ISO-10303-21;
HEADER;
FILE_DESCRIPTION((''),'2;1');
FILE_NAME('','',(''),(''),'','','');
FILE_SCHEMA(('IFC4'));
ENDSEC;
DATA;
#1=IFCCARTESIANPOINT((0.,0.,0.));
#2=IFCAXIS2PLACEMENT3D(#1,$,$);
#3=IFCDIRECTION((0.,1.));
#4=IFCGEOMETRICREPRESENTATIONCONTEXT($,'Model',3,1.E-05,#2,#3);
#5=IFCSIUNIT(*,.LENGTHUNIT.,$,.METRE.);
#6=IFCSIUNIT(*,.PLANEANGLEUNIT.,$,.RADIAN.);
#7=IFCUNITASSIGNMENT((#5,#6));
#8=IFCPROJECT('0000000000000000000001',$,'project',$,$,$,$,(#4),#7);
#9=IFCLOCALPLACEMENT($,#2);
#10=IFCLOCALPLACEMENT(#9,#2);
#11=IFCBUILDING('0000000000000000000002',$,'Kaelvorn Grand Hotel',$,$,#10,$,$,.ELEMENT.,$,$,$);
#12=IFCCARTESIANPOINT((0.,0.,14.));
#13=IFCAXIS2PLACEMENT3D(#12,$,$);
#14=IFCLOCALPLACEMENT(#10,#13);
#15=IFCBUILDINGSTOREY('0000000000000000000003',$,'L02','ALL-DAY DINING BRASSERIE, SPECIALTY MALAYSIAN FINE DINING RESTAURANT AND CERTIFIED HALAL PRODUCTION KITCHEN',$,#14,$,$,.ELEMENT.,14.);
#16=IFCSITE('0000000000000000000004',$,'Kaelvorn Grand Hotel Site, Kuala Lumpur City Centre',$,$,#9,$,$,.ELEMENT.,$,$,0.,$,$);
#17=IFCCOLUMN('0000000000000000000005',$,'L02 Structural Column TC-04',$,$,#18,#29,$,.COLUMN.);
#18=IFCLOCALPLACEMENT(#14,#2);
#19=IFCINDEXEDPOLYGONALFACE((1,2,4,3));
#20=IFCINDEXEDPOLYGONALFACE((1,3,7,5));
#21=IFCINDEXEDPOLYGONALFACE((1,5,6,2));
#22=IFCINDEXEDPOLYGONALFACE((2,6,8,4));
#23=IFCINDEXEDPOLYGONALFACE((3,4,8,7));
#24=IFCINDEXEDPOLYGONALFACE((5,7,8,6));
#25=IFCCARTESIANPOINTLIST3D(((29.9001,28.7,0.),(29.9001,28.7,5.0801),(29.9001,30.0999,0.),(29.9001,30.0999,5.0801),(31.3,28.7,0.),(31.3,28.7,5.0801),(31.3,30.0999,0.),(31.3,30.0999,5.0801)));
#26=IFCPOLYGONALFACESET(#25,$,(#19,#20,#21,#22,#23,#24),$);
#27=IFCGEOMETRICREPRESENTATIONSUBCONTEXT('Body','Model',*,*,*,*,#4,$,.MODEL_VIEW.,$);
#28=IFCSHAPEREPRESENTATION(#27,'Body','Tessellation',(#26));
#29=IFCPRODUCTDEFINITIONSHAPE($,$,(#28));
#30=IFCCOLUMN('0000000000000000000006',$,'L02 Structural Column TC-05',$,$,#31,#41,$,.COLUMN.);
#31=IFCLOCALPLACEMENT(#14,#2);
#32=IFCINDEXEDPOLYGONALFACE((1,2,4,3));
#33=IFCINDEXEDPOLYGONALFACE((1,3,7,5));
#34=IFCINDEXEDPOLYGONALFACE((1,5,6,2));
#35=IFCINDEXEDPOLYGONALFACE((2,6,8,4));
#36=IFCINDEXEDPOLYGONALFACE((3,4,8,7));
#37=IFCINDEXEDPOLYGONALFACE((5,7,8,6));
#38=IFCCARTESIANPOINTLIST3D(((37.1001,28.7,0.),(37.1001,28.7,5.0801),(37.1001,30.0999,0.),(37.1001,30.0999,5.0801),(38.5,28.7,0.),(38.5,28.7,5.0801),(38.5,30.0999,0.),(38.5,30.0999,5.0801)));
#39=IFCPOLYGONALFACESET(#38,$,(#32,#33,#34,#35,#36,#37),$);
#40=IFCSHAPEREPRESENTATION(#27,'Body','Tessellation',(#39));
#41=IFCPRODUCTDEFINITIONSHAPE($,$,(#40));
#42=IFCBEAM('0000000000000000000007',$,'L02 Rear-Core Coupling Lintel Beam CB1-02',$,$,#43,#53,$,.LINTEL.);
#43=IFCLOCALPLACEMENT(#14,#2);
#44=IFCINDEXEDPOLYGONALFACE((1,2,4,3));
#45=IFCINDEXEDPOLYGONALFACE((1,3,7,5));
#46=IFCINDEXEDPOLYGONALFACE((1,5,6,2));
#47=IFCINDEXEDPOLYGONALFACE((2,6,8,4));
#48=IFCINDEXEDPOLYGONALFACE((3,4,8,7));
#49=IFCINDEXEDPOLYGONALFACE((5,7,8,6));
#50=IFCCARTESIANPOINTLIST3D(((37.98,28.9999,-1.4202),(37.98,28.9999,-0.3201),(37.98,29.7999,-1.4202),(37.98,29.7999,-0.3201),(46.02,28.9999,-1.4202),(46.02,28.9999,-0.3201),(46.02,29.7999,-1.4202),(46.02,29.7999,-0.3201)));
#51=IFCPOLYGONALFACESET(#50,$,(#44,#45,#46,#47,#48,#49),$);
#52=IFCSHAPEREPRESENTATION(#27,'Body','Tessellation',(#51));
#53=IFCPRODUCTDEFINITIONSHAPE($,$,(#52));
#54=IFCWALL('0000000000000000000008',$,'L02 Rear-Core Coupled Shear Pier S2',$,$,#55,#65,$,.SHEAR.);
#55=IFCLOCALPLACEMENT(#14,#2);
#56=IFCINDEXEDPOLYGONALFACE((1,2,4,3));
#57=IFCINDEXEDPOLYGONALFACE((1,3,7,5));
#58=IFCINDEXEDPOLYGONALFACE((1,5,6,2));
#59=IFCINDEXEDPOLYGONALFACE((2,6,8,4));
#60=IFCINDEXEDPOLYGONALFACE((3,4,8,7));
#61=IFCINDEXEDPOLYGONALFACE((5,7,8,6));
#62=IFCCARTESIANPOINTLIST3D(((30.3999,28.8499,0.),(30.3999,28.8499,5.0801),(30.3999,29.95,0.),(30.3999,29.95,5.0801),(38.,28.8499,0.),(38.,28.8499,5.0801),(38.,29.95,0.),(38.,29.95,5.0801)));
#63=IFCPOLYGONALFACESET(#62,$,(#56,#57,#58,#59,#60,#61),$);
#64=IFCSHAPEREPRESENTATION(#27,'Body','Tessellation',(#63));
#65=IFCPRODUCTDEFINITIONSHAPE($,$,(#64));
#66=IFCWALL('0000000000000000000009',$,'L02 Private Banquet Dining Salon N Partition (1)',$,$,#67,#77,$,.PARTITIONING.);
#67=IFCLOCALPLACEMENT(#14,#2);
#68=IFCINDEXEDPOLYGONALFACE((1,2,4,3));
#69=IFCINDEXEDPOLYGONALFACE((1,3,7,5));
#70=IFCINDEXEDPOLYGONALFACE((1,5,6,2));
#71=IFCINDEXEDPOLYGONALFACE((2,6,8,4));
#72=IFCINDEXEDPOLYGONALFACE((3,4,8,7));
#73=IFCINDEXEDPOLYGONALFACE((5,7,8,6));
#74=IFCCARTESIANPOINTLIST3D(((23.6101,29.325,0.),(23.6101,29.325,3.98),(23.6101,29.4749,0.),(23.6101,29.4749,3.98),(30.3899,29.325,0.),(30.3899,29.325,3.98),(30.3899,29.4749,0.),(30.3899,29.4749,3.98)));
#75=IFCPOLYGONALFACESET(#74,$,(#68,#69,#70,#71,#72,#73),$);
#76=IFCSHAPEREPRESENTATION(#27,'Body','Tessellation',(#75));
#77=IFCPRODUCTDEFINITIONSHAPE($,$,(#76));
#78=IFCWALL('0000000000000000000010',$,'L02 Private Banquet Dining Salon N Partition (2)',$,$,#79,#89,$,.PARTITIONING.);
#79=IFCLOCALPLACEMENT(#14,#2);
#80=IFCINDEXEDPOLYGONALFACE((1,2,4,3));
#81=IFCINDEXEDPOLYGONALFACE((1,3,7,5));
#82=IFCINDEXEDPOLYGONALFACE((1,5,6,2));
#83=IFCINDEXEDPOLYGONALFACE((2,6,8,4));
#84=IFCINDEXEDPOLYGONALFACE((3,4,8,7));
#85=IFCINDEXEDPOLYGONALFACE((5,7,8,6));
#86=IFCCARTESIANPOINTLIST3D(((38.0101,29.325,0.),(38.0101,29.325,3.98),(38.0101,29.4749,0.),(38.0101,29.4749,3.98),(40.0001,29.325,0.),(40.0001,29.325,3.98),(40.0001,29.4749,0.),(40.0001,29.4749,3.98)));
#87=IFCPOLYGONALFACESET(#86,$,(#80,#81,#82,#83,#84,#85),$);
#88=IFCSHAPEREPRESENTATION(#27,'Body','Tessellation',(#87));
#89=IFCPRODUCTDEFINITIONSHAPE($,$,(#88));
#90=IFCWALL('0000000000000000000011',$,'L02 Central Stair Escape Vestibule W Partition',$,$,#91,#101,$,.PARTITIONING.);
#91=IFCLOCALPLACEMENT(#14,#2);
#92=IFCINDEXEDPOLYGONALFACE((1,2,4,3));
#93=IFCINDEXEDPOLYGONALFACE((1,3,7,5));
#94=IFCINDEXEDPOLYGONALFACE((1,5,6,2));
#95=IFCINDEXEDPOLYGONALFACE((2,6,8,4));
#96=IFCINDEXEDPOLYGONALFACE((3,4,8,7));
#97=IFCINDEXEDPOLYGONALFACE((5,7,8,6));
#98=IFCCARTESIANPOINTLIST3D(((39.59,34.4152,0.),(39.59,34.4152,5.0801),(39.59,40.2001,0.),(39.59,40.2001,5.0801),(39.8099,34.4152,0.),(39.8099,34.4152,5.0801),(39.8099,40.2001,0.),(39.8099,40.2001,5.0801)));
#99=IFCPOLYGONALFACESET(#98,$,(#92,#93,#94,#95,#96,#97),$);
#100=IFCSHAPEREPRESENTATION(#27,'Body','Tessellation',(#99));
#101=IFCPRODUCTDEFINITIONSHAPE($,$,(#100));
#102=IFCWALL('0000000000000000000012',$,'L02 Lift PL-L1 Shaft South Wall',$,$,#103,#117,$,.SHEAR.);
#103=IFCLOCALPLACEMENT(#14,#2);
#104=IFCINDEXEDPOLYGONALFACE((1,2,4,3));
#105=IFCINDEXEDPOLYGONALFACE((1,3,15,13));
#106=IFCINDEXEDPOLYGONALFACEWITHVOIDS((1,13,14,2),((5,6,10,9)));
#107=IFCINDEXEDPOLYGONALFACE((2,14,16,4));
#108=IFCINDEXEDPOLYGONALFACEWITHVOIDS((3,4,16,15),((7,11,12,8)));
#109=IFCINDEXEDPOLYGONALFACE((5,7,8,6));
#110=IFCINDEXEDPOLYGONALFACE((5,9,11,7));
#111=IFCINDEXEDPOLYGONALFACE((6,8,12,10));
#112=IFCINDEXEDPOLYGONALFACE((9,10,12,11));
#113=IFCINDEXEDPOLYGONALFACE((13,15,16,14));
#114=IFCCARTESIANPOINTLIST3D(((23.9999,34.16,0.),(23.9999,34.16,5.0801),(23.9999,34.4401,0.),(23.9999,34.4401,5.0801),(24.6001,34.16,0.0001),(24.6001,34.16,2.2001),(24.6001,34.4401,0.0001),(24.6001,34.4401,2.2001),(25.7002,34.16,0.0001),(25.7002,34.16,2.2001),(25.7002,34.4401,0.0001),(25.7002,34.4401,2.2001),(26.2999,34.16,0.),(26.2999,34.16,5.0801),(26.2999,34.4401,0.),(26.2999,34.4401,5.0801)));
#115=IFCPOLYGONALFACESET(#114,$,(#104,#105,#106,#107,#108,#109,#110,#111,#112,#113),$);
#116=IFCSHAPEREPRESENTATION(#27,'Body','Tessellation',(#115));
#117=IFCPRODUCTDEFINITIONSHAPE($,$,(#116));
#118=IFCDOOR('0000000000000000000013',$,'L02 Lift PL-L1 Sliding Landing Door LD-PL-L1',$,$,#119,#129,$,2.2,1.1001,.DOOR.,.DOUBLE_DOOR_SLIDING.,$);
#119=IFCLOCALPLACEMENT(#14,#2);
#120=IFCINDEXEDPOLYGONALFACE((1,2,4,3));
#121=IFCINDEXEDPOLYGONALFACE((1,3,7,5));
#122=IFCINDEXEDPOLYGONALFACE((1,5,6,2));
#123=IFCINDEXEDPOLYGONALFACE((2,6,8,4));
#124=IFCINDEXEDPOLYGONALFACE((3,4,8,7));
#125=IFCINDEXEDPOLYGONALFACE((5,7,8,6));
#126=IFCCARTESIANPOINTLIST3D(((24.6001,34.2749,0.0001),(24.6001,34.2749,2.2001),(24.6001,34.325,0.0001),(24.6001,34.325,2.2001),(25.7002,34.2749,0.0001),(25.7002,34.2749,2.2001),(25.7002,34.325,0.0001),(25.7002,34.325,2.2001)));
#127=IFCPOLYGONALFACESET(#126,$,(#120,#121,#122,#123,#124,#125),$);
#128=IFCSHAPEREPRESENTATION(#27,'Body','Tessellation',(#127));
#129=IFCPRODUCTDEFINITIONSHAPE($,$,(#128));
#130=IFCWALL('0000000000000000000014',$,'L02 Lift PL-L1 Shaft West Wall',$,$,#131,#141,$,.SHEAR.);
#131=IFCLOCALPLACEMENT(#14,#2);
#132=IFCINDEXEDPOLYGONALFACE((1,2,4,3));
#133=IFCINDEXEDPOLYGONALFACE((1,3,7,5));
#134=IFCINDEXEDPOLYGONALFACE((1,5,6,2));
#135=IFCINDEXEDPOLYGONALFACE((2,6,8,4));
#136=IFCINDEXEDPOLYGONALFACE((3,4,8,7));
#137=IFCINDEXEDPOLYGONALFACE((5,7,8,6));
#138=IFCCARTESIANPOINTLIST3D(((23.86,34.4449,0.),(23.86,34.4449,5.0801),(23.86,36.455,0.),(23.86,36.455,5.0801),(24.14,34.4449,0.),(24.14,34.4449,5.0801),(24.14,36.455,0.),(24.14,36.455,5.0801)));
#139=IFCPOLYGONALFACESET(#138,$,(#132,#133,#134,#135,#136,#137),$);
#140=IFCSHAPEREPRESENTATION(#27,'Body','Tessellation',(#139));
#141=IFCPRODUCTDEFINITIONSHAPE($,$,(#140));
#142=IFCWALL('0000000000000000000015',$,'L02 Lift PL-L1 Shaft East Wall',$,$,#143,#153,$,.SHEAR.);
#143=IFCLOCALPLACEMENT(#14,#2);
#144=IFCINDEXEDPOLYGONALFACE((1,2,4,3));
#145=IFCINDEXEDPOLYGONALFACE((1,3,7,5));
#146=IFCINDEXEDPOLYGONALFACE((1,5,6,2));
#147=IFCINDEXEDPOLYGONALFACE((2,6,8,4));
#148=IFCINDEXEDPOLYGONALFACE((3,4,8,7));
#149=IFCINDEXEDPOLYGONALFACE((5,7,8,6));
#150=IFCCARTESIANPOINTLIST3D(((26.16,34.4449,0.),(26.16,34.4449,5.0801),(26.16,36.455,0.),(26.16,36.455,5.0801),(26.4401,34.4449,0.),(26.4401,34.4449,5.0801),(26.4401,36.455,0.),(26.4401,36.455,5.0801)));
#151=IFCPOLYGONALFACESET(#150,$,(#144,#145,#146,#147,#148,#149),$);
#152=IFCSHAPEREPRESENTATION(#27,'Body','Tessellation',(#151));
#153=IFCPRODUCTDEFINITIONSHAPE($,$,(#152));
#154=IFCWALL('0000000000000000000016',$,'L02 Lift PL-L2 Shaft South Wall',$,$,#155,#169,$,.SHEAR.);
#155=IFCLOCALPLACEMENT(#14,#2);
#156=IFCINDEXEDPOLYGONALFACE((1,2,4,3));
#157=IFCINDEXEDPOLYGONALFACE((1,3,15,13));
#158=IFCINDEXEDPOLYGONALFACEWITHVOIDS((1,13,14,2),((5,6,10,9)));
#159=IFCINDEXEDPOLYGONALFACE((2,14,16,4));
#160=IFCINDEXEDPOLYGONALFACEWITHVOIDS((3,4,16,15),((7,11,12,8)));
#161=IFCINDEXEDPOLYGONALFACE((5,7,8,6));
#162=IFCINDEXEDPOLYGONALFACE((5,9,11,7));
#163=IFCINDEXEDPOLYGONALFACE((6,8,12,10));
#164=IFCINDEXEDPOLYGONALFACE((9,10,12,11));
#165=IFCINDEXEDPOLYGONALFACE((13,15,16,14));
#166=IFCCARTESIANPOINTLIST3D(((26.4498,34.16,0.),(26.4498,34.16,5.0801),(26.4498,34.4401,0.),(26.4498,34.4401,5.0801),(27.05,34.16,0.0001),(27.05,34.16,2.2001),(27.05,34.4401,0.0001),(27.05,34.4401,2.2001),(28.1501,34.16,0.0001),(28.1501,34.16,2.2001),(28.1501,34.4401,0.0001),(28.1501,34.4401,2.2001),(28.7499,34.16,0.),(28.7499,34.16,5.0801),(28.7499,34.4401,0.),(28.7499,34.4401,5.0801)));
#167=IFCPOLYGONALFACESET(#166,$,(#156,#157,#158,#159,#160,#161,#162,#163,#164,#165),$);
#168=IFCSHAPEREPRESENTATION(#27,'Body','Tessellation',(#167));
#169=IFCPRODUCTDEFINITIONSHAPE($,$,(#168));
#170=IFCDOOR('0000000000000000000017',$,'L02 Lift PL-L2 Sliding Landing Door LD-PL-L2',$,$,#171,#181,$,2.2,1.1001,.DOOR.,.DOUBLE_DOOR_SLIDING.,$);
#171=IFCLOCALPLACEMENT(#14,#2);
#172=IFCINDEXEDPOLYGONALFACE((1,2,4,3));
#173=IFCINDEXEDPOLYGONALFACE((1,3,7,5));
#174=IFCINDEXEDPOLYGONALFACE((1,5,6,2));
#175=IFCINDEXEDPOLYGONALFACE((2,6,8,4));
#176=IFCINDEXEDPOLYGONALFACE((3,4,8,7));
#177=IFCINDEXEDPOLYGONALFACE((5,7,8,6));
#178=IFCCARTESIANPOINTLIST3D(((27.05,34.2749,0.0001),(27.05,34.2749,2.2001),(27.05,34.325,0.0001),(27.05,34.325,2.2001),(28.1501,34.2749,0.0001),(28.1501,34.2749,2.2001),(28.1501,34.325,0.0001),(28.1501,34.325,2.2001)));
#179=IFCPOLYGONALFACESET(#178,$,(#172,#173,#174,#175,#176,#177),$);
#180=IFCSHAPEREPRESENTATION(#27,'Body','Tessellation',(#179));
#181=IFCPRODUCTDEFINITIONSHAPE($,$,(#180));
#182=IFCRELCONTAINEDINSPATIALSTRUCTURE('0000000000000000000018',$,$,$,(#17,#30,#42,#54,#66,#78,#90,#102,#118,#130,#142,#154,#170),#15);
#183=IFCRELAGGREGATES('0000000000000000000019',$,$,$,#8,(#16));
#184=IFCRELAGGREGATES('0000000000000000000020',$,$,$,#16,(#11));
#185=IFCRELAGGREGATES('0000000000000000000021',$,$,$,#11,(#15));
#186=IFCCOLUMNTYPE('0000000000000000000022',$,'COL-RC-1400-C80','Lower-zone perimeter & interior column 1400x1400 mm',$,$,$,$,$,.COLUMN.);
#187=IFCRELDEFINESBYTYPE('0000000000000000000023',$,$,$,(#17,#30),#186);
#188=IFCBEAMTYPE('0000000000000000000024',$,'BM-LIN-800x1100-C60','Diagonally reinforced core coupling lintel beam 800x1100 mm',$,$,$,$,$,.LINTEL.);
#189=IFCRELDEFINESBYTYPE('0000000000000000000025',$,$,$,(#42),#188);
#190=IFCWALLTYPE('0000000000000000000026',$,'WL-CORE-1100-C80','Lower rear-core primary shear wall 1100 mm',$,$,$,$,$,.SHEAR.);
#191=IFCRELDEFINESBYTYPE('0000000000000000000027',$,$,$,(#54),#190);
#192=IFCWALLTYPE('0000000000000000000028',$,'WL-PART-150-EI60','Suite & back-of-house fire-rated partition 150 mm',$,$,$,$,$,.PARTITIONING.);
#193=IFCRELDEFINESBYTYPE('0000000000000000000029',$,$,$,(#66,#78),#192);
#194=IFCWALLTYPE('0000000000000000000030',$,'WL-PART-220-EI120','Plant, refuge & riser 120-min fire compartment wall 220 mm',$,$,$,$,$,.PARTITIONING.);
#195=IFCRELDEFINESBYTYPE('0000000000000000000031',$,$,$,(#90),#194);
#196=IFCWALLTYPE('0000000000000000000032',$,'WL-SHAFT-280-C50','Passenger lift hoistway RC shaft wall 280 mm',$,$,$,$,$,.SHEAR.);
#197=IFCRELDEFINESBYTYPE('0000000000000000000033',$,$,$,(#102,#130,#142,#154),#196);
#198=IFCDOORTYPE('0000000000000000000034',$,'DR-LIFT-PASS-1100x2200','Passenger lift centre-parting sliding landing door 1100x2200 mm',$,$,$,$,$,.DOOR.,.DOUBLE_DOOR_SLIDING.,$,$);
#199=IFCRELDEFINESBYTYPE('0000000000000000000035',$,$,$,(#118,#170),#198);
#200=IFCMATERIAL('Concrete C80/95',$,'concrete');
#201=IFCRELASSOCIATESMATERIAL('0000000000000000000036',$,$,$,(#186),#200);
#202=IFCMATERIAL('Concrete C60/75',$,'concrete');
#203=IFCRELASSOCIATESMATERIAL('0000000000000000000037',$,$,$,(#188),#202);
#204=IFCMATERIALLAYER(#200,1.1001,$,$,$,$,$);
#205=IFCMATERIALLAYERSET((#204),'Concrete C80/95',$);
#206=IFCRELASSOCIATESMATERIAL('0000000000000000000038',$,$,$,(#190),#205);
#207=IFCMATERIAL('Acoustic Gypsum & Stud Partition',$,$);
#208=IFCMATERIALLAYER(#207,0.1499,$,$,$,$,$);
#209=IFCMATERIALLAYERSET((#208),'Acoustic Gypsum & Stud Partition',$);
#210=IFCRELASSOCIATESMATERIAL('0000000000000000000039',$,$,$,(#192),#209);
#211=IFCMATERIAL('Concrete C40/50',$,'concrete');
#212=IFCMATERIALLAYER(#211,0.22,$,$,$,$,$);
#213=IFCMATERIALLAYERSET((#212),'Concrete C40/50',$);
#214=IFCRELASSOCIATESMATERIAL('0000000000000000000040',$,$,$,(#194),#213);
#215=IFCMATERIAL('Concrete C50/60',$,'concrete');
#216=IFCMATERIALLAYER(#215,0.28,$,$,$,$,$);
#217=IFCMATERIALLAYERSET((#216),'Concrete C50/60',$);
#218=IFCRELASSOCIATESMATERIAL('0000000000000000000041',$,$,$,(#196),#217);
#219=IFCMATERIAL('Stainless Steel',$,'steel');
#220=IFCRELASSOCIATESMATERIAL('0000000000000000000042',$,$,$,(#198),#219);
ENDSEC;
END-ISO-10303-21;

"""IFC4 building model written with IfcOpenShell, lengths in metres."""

from ifc_helpers import new_model, si_unit, direction, frame, frame_2d, origin, origin_2d, place, context, subcontext, project, spatial, rectangle, extrude, material, layer, layer_set, material_profile, profile_set, type_object, element, fill, save


model = new_model("IFC4")

# Units and contexts
model_context = context("Model", 3, precision=1e-05, world=origin(), true_north=direction((0.0, 1.0)))
body_context = subcontext(model_context, "Body", "Model", "MODEL_VIEW")
ifc_project = project(units=[si_unit("LENGTHUNIT", "METRE"), si_unit("PLANEANGLEUNIT", "RADIAN")], contexts=[model_context])

# Site, building, storey
site_placement = place(None, origin())
site = spatial("IfcSite", under=ifc_project, at=site_placement, Name="Kaelvorn Grand Hotel Site, Kuala Lumpur City Centre", CompositionType="ELEMENT", RefElevation=0.0)
building_placement = place(site_placement, origin())
building = spatial("IfcBuilding", under=site, at=building_placement, Name="Kaelvorn Grand Hotel", CompositionType="ELEMENT")
storey_placement = place(building_placement, frame((0.0, 0.0, 14.0)))
storey = spatial("IfcBuildingStorey", under=building, at=storey_placement, Name="L02", Description="ALL-DAY DINING BRASSERIE, SPECIALTY MALAYSIAN FINE DINING RESTAURANT AND CERTIFIED HALAL PRODUCTION KITCHEN", CompositionType="ELEMENT", Elevation=14.0)

# Columns
ifc_material_1 = material(Name="Concrete C80/95", Category="concrete")
ifc_material_profile_1 = material_profile(ifc_material_1, rectangle(XDim=1.3999, YDim=1.3999, at=origin_2d()), Name="RC COL 1400x1400")
ifc_profile_set_1 = profile_set([ifc_material_profile_1], Name="Concrete C80/95")
column_type = type_object("IfcColumnType", Name="COL-RC-1400-C80", Description="Lower-zone perimeter & interior column 1400x1400 mm", PredefinedType="COLUMN", material=ifc_profile_set_1)
for number, where, z_axis, x_axis, name in (
    (1, (30.6001, 29.3999, 0.0), (0.0, 0.0, 1.0), (1.0, 0.0, 0.0), "L02 Structural Column TC-04"),
    (2, (37.8, 29.3999, 0.0), (0.0, 0.0, 1.0), (1.0, 0.0, 0.0), "L02 Structural Column TC-05"),
):
    element("IfcColumn", number, at=place(storey_placement, frame(where, z_axis=z_axis, x_axis=x_axis)), inside=storey, type_object=column_type, Name=name, PredefinedType="COLUMN", context=body_context, shape_type="SweptSolid", body=[
        extrude(rectangle(XDim=1.3999, YDim=1.3999, at=origin_2d()), origin(), (0.0, 0.0, 1.0), 5.0801),
    ])

# Beam
ifc_material_2 = material(Name="Concrete C60/75", Category="concrete")
ifc_material_profile_2 = material_profile(ifc_material_2, rectangle(XDim=0.8, YDim=1.1001, at=origin_2d()), Name="RC LINTEL 800x1100")
ifc_profile_set_2 = profile_set([ifc_material_profile_2], Name="Concrete C60/75")
beam_type = type_object("IfcBeamType", Name="BM-LIN-800x1100-C60", Description="Diagonally reinforced core coupling lintel beam 800x1100 mm", PredefinedType="LINTEL", material=ifc_profile_set_2)
beam_placement = place(storey_placement, frame((37.98, 29.3999, -0.8701), z_axis=(1.0, 0.0, 0.0), x_axis=(0.0, 1.0, 0.0)))
element("IfcBeam", 3, at=beam_placement, inside=storey, type_object=beam_type, Name="L02 Rear-Core Coupling Lintel Beam CB1-02", PredefinedType="LINTEL", context=body_context, shape_type="SweptSolid", body=[
    extrude(rectangle(XDim=0.8, YDim=1.1001, at=origin_2d()), origin(), (0.0, 0.0, 1.0), 8.04),
])

# Walls
ifc_layer_1 = layer(ifc_material_1, 1.1001)
ifc_layer_set_1 = layer_set([ifc_layer_1], Name="Concrete C80/95")
wall_type_1 = type_object("IfcWallType", Name="WL-CORE-1100-C80", Description="Lower rear-core primary shear wall 1100 mm", PredefinedType="SHEAR", material=ifc_layer_set_1)
wall_1_placement = place(storey_placement, frame((30.3999, 29.3999, 0.0), z_axis=(0.0, 0.0, 1.0), x_axis=(1.0, 0.0, 0.0)))
element("IfcWall", 4, at=wall_1_placement, inside=storey, type_object=wall_type_1, Name="L02 Rear-Core Coupled Shear Pier S2", PredefinedType="SHEAR", context=body_context, shape_type="SweptSolid", body=[
    extrude(rectangle(XDim=7.6001, YDim=1.1001, at=frame_2d((3.8, 0.0))), origin(), (0.0, 0.0, 1.0), 5.0801),
])
ifc_material_3 = material(Name="Acoustic Gypsum & Stud Partition")
ifc_layer_2 = layer(ifc_material_3, 0.1499)
ifc_layer_set_2 = layer_set([ifc_layer_2], Name="Acoustic Gypsum & Stud Partition")
wall_type_2 = type_object("IfcWallType", Name="WL-PART-150-EI60", Description="Suite & back-of-house fire-rated partition 150 mm", PredefinedType="PARTITIONING", material=ifc_layer_set_2)
wall_2_placement = place(storey_placement, frame((23.6101, 29.3999, 0.0), z_axis=(0.0, 0.0, 1.0), x_axis=(1.0, 0.0, 0.0)))
element("IfcWall", 5, at=wall_2_placement, inside=storey, type_object=wall_type_2, Name="L02 Private Banquet Dining Salon N Partition (1)", PredefinedType="PARTITIONING", context=body_context, shape_type="SweptSolid", body=[
    extrude(rectangle(XDim=6.7798, YDim=0.1499, at=frame_2d((3.3899, 0.0))), origin(), (0.0, 0.0, 1.0), 3.98),
])
wall_3_placement = place(storey_placement, frame((38.01, 29.3999, 0.0), z_axis=(0.0, 0.0, 1.0), x_axis=(1.0, 0.0, 0.0)))
element("IfcWall", 6, at=wall_3_placement, inside=storey, type_object=wall_type_2, Name="L02 Private Banquet Dining Salon N Partition (2)", PredefinedType="PARTITIONING", context=body_context, shape_type="SweptSolid", body=[
    extrude(rectangle(XDim=1.99, YDim=0.1499, at=frame_2d((0.9951, 0.0))), origin(), (0.0, 0.0, 1.0), 3.98),
])

# Shared definitions
ifc_material_4 = material(Name="Concrete C40/50", Category="concrete")
ifc_layer_3 = layer(ifc_material_4, 0.22)
ifc_layer_set_3 = layer_set([ifc_layer_3], Name="Concrete C40/50")
wall_type_3 = type_object("IfcWallType", Name="WL-PART-220-EI120", Description="Plant, refuge & riser 120-min fire compartment wall 220 mm", PredefinedType="PARTITIONING", material=ifc_layer_set_3)

# Wall
wall_4_placement = place(storey_placement, frame((39.7, 34.415, 0.0), z_axis=(0.0, 0.0, 1.0), x_axis=(0.0, 1.0, 0.0)))
element("IfcWall", 7, at=wall_4_placement, inside=storey, type_object=wall_type_3, Name="L02 Central Stair Escape Vestibule W Partition", PredefinedType="PARTITIONING", context=body_context, shape_type="SweptSolid", body=[
    extrude(rectangle(XDim=5.7849, YDim=0.22, at=frame_2d((2.8926, 0.0))), origin(), (0.0, 0.0, 1.0), 5.0801),
])

# Wall, opening, door
ifc_material_5 = material(Name="Concrete C50/60", Category="concrete")
ifc_layer_4 = layer(ifc_material_5, 0.28)
ifc_layer_set_4 = layer_set([ifc_layer_4], Name="Concrete C50/60")
wall_type_4 = type_object("IfcWallType", Name="WL-SHAFT-280-C50", Description="Passenger lift hoistway RC shaft wall 280 mm", PredefinedType="SHEAR", material=ifc_layer_set_4)
wall_5_placement = place(storey_placement, frame((24.0, 34.3, 0.0), z_axis=(0.0, 0.0, 1.0), x_axis=(1.0, 0.0, 0.0)))
wall_5 = element("IfcWall", 8, at=wall_5_placement, inside=storey, type_object=wall_type_4, Name="L02 Lift PL-L1 Shaft South Wall", PredefinedType="SHEAR", context=body_context, shape_type="SweptSolid", body=[
    extrude(rectangle(XDim=2.3, YDim=0.28, at=frame_2d((1.1499, 0.0))), origin(), (0.0, 0.0, 1.0), 5.0801),
])
opening_1_placement = place(wall_5_placement, frame((0.6001, 0.0, 0.0)))
opening_1 = element("IfcOpeningElement", 9, at=opening_1_placement, cuts=wall_5, PredefinedType="OPENING", context=body_context, shape_type="SweptSolid", body=[
    extrude(rectangle(XDim=1.1001, YDim=2.2, at=frame_2d((0.55, 1.1001))), frame((0.0, 0.1499, 0.0), z_axis=(0.0, -1.0, 0.0), x_axis=(1.0, 0.0, 0.0)), (0.0, 0.0, 1.0), 0.3),
])
ifc_material_6 = material(Name="Stainless Steel", Category="steel")
door_type_1 = type_object("IfcDoorType", Name="DR-LIFT-PASS-1100x2200", Description="Passenger lift centre-parting sliding landing door 1100x2200 mm", OperationType="DOUBLE_DOOR_SLIDING", PredefinedType="DOOR", material=ifc_material_6)
door_1_placement = place(opening_1_placement, origin())
door_1 = element("IfcDoor", 10, at=door_1_placement, inside=storey, type_object=door_type_1, Name="L02 Lift PL-L1 Sliding Landing Door LD-PL-L1", OperationType="DOUBLE_DOOR_SLIDING", OverallHeight=2.2, OverallWidth=1.1001, PredefinedType="DOOR", context=body_context, shape_type="SweptSolid", body=[
    extrude(rectangle(XDim=1.1001, YDim=2.2, at=frame_2d((0.55, 1.1001))), frame((0.0, 0.0249, 0.0), z_axis=(0.0, -1.0, 0.0), x_axis=(1.0, 0.0, 0.0)), (0.0, 0.0, 1.0), 0.05),
])
fill(opening_1, door_1)

# Walls
for number, where, z_axis, x_axis, name in (
    (11, (24.0, 34.4451, 0.0), (0.0, 0.0, 1.0), (0.0, 1.0, 0.0), "L02 Lift PL-L1 Shaft West Wall"),
    (12, (26.3, 34.4451, 0.0), (0.0, 0.0, 1.0), (0.0, 1.0, 0.0), "L02 Lift PL-L1 Shaft East Wall"),
):
    element("IfcWall", number, at=place(storey_placement, frame(where, z_axis=z_axis, x_axis=x_axis)), inside=storey, type_object=wall_type_4, Name=name, PredefinedType="SHEAR", context=body_context, shape_type="SweptSolid", body=[
        extrude(rectangle(XDim=2.01, YDim=0.28, at=frame_2d((1.0049, 0.0))), origin(), (0.0, 0.0, 1.0), 5.0801),
    ])

# Wall, opening, door
wall_6_placement = place(storey_placement, frame((26.45, 34.3, 0.0), z_axis=(0.0, 0.0, 1.0), x_axis=(1.0, 0.0, 0.0)))
wall_6 = element("IfcWall", 13, at=wall_6_placement, inside=storey, type_object=wall_type_4, Name="L02 Lift PL-L2 Shaft South Wall", PredefinedType="SHEAR", context=body_context, shape_type="SweptSolid", body=[
    extrude(rectangle(XDim=2.3, YDim=0.28, at=frame_2d((1.1499, 0.0))), origin(), (0.0, 0.0, 1.0), 5.0801),
])
opening_2_placement = place(wall_6_placement, frame((0.6001, 0.0, 0.0)))
opening_2 = element("IfcOpeningElement", 14, at=opening_2_placement, cuts=wall_6, PredefinedType="OPENING", context=body_context, shape_type="SweptSolid", body=[
    extrude(rectangle(XDim=1.1001, YDim=2.2, at=frame_2d((0.55, 1.1001))), frame((0.0, 0.1499, 0.0), z_axis=(0.0, -1.0, 0.0), x_axis=(1.0, 0.0, 0.0)), (0.0, 0.0, 1.0), 0.3),
])
door_2_placement = place(opening_2_placement, origin())
door_2 = element("IfcDoor", 15, at=door_2_placement, inside=storey, type_object=door_type_1, Name="L02 Lift PL-L2 Sliding Landing Door LD-PL-L2", OperationType="DOUBLE_DOOR_SLIDING", OverallHeight=2.2, OverallWidth=1.1001, PredefinedType="DOOR", context=body_context, shape_type="SweptSolid", body=[
    extrude(rectangle(XDim=1.1001, YDim=2.2, at=frame_2d((0.55, 1.1001))), frame((0.0, 0.0249, 0.0), z_axis=(0.0, -1.0, 0.0), x_axis=(1.0, 0.0, 0.0)), (0.0, 0.0, 1.0), 0.05),
])
fill(opening_2, door_2)

save(model, "model.ifc")
